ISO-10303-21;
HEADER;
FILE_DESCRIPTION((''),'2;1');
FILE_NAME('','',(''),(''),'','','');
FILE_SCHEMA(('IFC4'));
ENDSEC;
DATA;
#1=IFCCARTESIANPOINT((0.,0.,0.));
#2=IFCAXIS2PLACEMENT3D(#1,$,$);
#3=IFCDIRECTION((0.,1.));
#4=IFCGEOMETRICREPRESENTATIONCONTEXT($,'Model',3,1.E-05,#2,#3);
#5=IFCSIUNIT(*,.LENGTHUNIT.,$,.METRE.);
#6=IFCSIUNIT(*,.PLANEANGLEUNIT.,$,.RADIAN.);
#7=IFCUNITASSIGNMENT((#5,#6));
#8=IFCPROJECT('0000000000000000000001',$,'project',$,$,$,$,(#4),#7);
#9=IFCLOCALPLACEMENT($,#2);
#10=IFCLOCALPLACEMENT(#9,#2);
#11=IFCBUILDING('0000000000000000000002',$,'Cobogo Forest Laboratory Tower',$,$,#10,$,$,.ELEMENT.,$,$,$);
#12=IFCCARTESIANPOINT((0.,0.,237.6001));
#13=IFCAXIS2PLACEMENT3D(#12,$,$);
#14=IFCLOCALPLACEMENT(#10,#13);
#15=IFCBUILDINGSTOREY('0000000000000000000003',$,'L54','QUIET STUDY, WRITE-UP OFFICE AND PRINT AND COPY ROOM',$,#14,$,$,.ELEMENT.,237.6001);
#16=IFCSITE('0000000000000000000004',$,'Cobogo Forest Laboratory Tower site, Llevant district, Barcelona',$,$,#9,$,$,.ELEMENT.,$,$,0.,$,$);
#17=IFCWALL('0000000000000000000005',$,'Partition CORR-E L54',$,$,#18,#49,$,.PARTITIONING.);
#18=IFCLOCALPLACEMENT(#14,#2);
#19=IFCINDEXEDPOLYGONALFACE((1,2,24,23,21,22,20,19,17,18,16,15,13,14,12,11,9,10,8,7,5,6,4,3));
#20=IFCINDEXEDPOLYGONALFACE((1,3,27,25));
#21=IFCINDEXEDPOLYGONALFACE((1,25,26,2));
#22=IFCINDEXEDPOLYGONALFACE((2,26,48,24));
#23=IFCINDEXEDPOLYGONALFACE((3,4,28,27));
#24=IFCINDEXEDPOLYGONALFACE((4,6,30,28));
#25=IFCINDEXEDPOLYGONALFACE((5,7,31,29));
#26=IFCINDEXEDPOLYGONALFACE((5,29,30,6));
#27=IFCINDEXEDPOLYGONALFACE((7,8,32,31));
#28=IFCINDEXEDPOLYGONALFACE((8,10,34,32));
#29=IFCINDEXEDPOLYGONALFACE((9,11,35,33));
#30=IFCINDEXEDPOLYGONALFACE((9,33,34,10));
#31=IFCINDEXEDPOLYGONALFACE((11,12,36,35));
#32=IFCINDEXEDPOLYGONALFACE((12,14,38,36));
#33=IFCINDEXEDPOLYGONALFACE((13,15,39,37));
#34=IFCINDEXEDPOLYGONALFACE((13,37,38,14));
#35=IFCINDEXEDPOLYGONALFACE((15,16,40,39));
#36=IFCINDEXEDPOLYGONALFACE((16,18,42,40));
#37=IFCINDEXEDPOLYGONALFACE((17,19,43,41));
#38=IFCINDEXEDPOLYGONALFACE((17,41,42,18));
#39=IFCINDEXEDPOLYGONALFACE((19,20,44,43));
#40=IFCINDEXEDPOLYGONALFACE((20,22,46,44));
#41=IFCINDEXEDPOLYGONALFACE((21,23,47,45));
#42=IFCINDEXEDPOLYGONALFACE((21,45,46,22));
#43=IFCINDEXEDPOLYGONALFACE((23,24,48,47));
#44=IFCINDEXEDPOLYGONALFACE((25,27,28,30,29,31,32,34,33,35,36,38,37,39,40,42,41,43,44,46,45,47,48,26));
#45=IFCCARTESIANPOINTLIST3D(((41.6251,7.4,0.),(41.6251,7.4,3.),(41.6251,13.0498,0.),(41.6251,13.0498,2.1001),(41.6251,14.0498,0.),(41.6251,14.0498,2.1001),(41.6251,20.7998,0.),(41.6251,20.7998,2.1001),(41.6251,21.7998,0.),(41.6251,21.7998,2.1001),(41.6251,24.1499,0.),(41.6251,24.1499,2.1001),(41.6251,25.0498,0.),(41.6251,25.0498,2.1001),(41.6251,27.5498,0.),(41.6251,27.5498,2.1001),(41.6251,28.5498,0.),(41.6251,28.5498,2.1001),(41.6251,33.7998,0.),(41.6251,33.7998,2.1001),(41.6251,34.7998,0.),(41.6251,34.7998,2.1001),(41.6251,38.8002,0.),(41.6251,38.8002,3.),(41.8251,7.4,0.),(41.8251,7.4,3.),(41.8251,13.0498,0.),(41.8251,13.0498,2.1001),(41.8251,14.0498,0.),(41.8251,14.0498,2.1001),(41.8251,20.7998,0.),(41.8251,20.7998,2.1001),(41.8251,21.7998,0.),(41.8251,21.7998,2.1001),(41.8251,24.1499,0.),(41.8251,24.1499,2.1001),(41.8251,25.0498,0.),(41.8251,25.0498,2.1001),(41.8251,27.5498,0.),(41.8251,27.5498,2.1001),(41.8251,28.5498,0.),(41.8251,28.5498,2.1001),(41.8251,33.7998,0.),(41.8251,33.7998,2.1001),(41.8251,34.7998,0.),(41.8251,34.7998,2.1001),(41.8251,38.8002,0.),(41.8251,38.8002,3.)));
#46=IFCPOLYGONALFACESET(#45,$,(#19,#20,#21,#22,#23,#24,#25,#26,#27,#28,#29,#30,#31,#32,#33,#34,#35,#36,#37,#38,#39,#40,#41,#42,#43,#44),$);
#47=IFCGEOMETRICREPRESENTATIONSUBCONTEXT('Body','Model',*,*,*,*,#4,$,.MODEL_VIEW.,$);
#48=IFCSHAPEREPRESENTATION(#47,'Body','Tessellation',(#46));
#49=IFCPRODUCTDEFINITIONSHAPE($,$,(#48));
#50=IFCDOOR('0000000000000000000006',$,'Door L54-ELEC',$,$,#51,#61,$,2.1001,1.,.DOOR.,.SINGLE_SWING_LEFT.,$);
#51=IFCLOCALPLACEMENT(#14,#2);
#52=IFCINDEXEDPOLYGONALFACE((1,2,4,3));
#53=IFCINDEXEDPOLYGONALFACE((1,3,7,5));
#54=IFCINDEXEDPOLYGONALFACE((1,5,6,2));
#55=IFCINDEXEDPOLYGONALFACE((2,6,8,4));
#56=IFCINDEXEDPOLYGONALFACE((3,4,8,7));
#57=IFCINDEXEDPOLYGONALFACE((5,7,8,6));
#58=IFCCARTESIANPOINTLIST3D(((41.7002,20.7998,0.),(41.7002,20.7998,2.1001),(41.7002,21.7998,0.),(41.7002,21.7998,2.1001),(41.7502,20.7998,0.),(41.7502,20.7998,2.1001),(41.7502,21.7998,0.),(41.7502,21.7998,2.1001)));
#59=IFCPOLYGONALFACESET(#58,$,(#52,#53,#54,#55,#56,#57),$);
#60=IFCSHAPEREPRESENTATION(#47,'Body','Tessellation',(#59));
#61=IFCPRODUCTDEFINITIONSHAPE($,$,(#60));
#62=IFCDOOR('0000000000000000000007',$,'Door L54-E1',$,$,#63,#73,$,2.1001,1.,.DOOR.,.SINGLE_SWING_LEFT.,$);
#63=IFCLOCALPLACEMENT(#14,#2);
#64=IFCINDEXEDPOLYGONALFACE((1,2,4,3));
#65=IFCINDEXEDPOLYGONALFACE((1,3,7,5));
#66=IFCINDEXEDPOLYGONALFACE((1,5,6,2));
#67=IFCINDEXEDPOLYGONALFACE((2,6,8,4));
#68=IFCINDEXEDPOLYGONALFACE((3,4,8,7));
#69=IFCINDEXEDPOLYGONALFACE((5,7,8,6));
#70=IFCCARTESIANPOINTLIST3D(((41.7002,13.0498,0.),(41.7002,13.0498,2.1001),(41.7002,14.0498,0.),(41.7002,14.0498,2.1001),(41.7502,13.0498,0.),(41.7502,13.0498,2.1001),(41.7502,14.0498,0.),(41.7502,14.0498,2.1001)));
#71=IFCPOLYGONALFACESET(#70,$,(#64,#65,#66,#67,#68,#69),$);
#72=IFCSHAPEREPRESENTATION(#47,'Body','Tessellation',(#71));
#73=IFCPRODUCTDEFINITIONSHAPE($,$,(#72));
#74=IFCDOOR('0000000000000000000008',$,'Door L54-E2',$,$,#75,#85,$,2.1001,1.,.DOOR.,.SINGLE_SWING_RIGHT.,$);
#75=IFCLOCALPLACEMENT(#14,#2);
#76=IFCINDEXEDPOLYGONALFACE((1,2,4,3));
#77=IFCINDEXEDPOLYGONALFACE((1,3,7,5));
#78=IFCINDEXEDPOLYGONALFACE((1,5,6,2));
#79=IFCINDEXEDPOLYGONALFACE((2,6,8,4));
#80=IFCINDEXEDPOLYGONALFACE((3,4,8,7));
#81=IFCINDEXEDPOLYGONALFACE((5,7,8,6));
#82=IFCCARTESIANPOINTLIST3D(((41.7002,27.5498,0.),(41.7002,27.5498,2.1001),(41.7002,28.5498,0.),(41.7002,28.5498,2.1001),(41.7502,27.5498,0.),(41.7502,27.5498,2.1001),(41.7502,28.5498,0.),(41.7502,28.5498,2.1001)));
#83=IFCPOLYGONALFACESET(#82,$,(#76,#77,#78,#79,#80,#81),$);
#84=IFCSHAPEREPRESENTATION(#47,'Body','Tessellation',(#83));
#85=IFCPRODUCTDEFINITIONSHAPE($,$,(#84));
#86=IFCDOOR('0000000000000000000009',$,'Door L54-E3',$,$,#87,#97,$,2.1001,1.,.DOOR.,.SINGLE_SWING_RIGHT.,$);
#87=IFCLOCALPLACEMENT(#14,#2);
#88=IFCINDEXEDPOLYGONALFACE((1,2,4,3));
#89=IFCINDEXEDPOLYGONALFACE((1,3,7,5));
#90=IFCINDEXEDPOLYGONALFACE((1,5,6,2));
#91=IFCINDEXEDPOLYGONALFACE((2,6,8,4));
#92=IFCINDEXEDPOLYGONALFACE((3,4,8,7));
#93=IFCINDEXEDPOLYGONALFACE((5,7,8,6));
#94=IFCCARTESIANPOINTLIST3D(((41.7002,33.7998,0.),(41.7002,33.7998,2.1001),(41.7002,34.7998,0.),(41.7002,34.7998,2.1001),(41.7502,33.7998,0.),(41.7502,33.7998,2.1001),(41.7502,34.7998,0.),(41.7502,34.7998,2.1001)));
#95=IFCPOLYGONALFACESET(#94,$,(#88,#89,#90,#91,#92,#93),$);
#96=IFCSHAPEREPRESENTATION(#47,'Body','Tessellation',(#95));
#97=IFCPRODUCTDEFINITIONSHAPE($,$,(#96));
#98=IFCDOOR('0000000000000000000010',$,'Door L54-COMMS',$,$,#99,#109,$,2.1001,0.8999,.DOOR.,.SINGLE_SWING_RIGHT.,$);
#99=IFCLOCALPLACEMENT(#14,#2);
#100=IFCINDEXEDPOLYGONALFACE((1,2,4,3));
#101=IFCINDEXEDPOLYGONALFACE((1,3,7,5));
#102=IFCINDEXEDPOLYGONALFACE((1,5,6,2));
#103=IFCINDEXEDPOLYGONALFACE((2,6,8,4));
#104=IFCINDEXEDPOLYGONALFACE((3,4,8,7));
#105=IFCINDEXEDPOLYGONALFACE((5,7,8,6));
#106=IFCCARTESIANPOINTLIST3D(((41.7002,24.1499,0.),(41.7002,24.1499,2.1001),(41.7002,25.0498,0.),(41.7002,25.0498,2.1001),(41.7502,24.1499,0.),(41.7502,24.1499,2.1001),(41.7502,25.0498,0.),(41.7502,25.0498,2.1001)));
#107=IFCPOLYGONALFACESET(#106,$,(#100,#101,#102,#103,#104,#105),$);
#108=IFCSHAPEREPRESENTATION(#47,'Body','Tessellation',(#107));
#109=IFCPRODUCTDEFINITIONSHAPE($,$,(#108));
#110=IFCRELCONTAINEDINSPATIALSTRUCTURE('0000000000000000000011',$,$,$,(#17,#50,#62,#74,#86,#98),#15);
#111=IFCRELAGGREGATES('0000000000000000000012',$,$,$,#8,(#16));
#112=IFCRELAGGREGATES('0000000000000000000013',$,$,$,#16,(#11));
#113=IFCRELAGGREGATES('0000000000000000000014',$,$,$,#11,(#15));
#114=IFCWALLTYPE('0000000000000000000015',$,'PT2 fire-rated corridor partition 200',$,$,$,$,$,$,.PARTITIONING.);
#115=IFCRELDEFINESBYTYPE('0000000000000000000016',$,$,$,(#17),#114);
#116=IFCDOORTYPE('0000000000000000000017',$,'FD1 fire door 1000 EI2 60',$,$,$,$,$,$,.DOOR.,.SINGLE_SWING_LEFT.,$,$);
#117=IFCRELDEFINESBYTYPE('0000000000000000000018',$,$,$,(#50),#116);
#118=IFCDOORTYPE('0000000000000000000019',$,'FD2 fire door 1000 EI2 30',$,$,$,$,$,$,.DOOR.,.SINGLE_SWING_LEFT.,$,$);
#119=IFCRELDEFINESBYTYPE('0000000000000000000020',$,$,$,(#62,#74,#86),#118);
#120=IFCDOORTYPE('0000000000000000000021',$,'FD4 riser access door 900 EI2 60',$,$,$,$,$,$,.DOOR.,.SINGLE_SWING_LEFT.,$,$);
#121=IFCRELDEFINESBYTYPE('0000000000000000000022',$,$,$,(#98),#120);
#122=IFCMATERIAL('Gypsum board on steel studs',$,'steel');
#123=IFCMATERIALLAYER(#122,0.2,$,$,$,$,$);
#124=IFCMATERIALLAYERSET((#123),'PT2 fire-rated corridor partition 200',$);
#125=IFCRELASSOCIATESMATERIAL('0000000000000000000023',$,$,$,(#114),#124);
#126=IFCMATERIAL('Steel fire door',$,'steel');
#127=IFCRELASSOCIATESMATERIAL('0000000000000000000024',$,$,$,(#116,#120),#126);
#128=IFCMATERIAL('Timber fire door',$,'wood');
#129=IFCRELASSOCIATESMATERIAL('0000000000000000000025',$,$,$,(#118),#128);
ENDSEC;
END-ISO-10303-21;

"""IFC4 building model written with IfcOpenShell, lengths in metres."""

from ifc_helpers import new_model, si_unit, direction, frame, frame_2d, origin, place, context, subcontext, project, spatial, rectangle, extrude, material, layer, layer_set, type_object, element, fill, save


model = new_model("IFC4")

# Units and contexts
model_context = context("Model", 3, precision=1e-05, world=origin(), true_north=direction((0.0, 1.0)))
body_context = subcontext(model_context, "Body", "Model", "MODEL_VIEW")
ifc_project = project(units=[si_unit("LENGTHUNIT", "METRE"), si_unit("PLANEANGLEUNIT", "RADIAN")], contexts=[model_context])

# Site, building, storey
site_placement = place(None, origin())
site = spatial("IfcSite", under=ifc_project, at=site_placement, Name="Cobogo Forest Laboratory Tower site, Llevant district, Barcelona", CompositionType="ELEMENT", RefElevation=0.0)
building_placement = place(site_placement, origin())
building = spatial("IfcBuilding", under=site, at=building_placement, Name="Cobogo Forest Laboratory Tower", CompositionType="ELEMENT")
storey_placement = place(building_placement, frame((0.0, 0.0, 237.6001)))
storey = spatial("IfcBuildingStorey", under=building, at=storey_placement, Name="L54", Description="QUIET STUDY, WRITE-UP OFFICE AND PRINT AND COPY ROOM", CompositionType="ELEMENT", Elevation=237.6001)

# Shared definitions
ifc_material_1 = material(Name="Gypsum board on steel studs", Category="steel")

# Wall, openings, doors
ifc_layer_1 = layer(ifc_material_1, 0.2)
ifc_layer_set_1 = layer_set([ifc_layer_1], Name="PT2 fire-rated corridor partition 200")
wall_type_1 = type_object("IfcWallType", Name="PT2 fire-rated corridor partition 200", PredefinedType="PARTITIONING", material=ifc_layer_set_1)
wall_1_placement = place(storey_placement, frame((41.7251, 7.3999, 0.0), z_axis=(0.0, 0.0, 1.0), x_axis=(0.0, 1.0, 0.0)))
wall_1 = element("IfcWall", 1, at=wall_1_placement, inside=storey, type_object=wall_type_1, Name="Partition CORR-E L54", PredefinedType="PARTITIONING", context=body_context, shape_type="SweptSolid", body=[
    extrude(rectangle(XDim=31.4001, YDim=0.2, at=frame_2d((15.7002, 0.0))), origin(), (0.0, 0.0, 1.0), 3.0),
])
opening_1_placement = place(wall_1_placement, frame((5.6499, 0.0, 0.0)))
opening_1 = element("IfcOpeningElement", 2, at=opening_1_placement, cuts=wall_1, PredefinedType="OPENING", context=body_context, shape_type="SweptSolid", body=[
    extrude(rectangle(XDim=1.0, YDim=2.1001, at=frame_2d((0.5, 1.05))), frame((0.0, 0.1099, 0.0), z_axis=(0.0, -1.0, 0.0), x_axis=(1.0, 0.0, 0.0)), (0.0, 0.0, 1.0), 0.22),
])
opening_2_placement = place(wall_1_placement, frame((13.3999, 0.0, 0.0)))
opening_2 = element("IfcOpeningElement", 3, at=opening_2_placement, cuts=wall_1, PredefinedType="OPENING", context=body_context, shape_type="SweptSolid", body=[
    extrude(rectangle(XDim=1.0, YDim=2.1001, at=frame_2d((0.5, 1.05))), frame((0.0, 0.1099, 0.0), z_axis=(0.0, -1.0, 0.0), x_axis=(1.0, 0.0, 0.0)), (0.0, 0.0, 1.0), 0.22),
])
opening_3_placement = place(wall_1_placement, frame((16.75, 0.0, 0.0)))
opening_3 = element("IfcOpeningElement", 4, at=opening_3_placement, cuts=wall_1, PredefinedType="OPENING", context=body_context, shape_type="SweptSolid", body=[
    extrude(rectangle(XDim=0.8999, YDim=2.1001, at=frame_2d((0.45, 1.05))), frame((0.0, 0.1099, 0.0), z_axis=(0.0, -1.0, 0.0), x_axis=(1.0, 0.0, 0.0)), (0.0, 0.0, 1.0), 0.22),
])
opening_4_placement = place(wall_1_placement, frame((20.1499, 0.0, 0.0)))
opening_4 = element("IfcOpeningElement", 5, at=opening_4_placement, cuts=wall_1, PredefinedType="OPENING", context=body_context, shape_type="SweptSolid", body=[
    extrude(rectangle(XDim=1.0, YDim=2.1001, at=frame_2d((0.5, 1.05))), frame((0.0, 0.1099, 0.0), z_axis=(0.0, -1.0, 0.0), x_axis=(1.0, 0.0, 0.0)), (0.0, 0.0, 1.0), 0.22),
])
opening_5_placement = place(wall_1_placement, frame((26.3999, 0.0, 0.0)))
opening_5 = element("IfcOpeningElement", 6, at=opening_5_placement, cuts=wall_1, PredefinedType="OPENING", context=body_context, shape_type="SweptSolid", body=[
    extrude(rectangle(XDim=1.0, YDim=2.1001, at=frame_2d((0.5, 1.05))), frame((0.0, 0.1099, 0.0), z_axis=(0.0, -1.0, 0.0), x_axis=(1.0, 0.0, 0.0)), (0.0, 0.0, 1.0), 0.22),
])
ifc_material_2 = material(Name="Steel fire door", Category="steel")
door_type_1 = type_object("IfcDoorType", Name="FD1 fire door 1000 EI2 60", OperationType="SINGLE_SWING_LEFT", PredefinedType="DOOR", material=ifc_material_2)
door_1_placement = place(opening_2_placement, origin())
door_1 = element("IfcDoor", 7, at=door_1_placement, inside=storey, type_object=door_type_1, Name="Door L54-ELEC", OperationType="SINGLE_SWING_LEFT", OverallHeight=2.1001, OverallWidth=1.0, PredefinedType="DOOR", context=body_context, shape_type="SweptSolid", body=[
    extrude(rectangle(XDim=1.0, YDim=2.1001, at=frame_2d((0.5, 1.05))), frame((0.0, 0.0249, 0.0), z_axis=(0.0, -1.0, 0.0), x_axis=(1.0, 0.0, 0.0)), (0.0, 0.0, 1.0), 0.05),
])
fill(opening_2, door_1)
ifc_material_3 = material(Name="Timber fire door", Category="wood")
door_type_2 = type_object("IfcDoorType", Name="FD2 fire door 1000 EI2 30", OperationType="SINGLE_SWING_LEFT", PredefinedType="DOOR", material=ifc_material_3)
door_2_placement = place(opening_1_placement, origin())
door_2 = element("IfcDoor", 8, at=door_2_placement, inside=storey, type_object=door_type_2, Name="Door L54-E1", OperationType="SINGLE_SWING_LEFT", OverallHeight=2.1001, OverallWidth=1.0, PredefinedType="DOOR", context=body_context, shape_type="SweptSolid", body=[
    extrude(rectangle(XDim=1.0, YDim=2.1001, at=frame_2d((0.5, 1.05))), frame((0.0, 0.0249, 0.0), z_axis=(0.0, -1.0, 0.0), x_axis=(1.0, 0.0, 0.0)), (0.0, 0.0, 1.0), 0.05),
])
fill(opening_1, door_2)
door_3_placement = place(opening_4_placement, origin())
door_3 = element("IfcDoor", 9, at=door_3_placement, inside=storey, type_object=door_type_2, Name="Door L54-E2", OperationType="SINGLE_SWING_RIGHT", OverallHeight=2.1001, OverallWidth=1.0, PredefinedType="DOOR", context=body_context, shape_type="SweptSolid", body=[
    extrude(rectangle(XDim=1.0, YDim=2.1001, at=frame_2d((0.5, 1.05))), frame((0.0, 0.0249, 0.0), z_axis=(0.0, -1.0, 0.0), x_axis=(1.0, 0.0, 0.0)), (0.0, 0.0, 1.0), 0.05),
])
fill(opening_4, door_3)
door_4_placement = place(opening_5_placement, origin())
door_4 = element("IfcDoor", 10, at=door_4_placement, inside=storey, type_object=door_type_2, Name="Door L54-E3", OperationType="SINGLE_SWING_RIGHT", OverallHeight=2.1001, OverallWidth=1.0, PredefinedType="DOOR", context=body_context, shape_type="SweptSolid", body=[
    extrude(rectangle(XDim=1.0, YDim=2.1001, at=frame_2d((0.5, 1.05))), frame((0.0, 0.0249, 0.0), z_axis=(0.0, -1.0, 0.0), x_axis=(1.0, 0.0, 0.0)), (0.0, 0.0, 1.0), 0.05),
])
fill(opening_5, door_4)
door_type_3 = type_object("IfcDoorType", Name="FD4 riser access door 900 EI2 60", OperationType="SINGLE_SWING_LEFT", PredefinedType="DOOR", material=ifc_material_2)
door_5_placement = place(opening_3_placement, origin())
door_5 = element("IfcDoor", 11, at=door_5_placement, inside=storey, type_object=door_type_3, Name="Door L54-COMMS", OperationType="SINGLE_SWING_RIGHT", OverallHeight=2.1001, OverallWidth=0.8999, PredefinedType="DOOR", context=body_context, shape_type="SweptSolid", body=[
    extrude(rectangle(XDim=0.8999, YDim=2.1001, at=frame_2d((0.45, 1.05))), frame((0.0, 0.0249, 0.0), z_axis=(0.0, -1.0, 0.0), x_axis=(1.0, 0.0, 0.0)), (0.0, 0.0, 1.0), 0.05),
])
fill(opening_3, door_5)

save(model, "model.ifc")
